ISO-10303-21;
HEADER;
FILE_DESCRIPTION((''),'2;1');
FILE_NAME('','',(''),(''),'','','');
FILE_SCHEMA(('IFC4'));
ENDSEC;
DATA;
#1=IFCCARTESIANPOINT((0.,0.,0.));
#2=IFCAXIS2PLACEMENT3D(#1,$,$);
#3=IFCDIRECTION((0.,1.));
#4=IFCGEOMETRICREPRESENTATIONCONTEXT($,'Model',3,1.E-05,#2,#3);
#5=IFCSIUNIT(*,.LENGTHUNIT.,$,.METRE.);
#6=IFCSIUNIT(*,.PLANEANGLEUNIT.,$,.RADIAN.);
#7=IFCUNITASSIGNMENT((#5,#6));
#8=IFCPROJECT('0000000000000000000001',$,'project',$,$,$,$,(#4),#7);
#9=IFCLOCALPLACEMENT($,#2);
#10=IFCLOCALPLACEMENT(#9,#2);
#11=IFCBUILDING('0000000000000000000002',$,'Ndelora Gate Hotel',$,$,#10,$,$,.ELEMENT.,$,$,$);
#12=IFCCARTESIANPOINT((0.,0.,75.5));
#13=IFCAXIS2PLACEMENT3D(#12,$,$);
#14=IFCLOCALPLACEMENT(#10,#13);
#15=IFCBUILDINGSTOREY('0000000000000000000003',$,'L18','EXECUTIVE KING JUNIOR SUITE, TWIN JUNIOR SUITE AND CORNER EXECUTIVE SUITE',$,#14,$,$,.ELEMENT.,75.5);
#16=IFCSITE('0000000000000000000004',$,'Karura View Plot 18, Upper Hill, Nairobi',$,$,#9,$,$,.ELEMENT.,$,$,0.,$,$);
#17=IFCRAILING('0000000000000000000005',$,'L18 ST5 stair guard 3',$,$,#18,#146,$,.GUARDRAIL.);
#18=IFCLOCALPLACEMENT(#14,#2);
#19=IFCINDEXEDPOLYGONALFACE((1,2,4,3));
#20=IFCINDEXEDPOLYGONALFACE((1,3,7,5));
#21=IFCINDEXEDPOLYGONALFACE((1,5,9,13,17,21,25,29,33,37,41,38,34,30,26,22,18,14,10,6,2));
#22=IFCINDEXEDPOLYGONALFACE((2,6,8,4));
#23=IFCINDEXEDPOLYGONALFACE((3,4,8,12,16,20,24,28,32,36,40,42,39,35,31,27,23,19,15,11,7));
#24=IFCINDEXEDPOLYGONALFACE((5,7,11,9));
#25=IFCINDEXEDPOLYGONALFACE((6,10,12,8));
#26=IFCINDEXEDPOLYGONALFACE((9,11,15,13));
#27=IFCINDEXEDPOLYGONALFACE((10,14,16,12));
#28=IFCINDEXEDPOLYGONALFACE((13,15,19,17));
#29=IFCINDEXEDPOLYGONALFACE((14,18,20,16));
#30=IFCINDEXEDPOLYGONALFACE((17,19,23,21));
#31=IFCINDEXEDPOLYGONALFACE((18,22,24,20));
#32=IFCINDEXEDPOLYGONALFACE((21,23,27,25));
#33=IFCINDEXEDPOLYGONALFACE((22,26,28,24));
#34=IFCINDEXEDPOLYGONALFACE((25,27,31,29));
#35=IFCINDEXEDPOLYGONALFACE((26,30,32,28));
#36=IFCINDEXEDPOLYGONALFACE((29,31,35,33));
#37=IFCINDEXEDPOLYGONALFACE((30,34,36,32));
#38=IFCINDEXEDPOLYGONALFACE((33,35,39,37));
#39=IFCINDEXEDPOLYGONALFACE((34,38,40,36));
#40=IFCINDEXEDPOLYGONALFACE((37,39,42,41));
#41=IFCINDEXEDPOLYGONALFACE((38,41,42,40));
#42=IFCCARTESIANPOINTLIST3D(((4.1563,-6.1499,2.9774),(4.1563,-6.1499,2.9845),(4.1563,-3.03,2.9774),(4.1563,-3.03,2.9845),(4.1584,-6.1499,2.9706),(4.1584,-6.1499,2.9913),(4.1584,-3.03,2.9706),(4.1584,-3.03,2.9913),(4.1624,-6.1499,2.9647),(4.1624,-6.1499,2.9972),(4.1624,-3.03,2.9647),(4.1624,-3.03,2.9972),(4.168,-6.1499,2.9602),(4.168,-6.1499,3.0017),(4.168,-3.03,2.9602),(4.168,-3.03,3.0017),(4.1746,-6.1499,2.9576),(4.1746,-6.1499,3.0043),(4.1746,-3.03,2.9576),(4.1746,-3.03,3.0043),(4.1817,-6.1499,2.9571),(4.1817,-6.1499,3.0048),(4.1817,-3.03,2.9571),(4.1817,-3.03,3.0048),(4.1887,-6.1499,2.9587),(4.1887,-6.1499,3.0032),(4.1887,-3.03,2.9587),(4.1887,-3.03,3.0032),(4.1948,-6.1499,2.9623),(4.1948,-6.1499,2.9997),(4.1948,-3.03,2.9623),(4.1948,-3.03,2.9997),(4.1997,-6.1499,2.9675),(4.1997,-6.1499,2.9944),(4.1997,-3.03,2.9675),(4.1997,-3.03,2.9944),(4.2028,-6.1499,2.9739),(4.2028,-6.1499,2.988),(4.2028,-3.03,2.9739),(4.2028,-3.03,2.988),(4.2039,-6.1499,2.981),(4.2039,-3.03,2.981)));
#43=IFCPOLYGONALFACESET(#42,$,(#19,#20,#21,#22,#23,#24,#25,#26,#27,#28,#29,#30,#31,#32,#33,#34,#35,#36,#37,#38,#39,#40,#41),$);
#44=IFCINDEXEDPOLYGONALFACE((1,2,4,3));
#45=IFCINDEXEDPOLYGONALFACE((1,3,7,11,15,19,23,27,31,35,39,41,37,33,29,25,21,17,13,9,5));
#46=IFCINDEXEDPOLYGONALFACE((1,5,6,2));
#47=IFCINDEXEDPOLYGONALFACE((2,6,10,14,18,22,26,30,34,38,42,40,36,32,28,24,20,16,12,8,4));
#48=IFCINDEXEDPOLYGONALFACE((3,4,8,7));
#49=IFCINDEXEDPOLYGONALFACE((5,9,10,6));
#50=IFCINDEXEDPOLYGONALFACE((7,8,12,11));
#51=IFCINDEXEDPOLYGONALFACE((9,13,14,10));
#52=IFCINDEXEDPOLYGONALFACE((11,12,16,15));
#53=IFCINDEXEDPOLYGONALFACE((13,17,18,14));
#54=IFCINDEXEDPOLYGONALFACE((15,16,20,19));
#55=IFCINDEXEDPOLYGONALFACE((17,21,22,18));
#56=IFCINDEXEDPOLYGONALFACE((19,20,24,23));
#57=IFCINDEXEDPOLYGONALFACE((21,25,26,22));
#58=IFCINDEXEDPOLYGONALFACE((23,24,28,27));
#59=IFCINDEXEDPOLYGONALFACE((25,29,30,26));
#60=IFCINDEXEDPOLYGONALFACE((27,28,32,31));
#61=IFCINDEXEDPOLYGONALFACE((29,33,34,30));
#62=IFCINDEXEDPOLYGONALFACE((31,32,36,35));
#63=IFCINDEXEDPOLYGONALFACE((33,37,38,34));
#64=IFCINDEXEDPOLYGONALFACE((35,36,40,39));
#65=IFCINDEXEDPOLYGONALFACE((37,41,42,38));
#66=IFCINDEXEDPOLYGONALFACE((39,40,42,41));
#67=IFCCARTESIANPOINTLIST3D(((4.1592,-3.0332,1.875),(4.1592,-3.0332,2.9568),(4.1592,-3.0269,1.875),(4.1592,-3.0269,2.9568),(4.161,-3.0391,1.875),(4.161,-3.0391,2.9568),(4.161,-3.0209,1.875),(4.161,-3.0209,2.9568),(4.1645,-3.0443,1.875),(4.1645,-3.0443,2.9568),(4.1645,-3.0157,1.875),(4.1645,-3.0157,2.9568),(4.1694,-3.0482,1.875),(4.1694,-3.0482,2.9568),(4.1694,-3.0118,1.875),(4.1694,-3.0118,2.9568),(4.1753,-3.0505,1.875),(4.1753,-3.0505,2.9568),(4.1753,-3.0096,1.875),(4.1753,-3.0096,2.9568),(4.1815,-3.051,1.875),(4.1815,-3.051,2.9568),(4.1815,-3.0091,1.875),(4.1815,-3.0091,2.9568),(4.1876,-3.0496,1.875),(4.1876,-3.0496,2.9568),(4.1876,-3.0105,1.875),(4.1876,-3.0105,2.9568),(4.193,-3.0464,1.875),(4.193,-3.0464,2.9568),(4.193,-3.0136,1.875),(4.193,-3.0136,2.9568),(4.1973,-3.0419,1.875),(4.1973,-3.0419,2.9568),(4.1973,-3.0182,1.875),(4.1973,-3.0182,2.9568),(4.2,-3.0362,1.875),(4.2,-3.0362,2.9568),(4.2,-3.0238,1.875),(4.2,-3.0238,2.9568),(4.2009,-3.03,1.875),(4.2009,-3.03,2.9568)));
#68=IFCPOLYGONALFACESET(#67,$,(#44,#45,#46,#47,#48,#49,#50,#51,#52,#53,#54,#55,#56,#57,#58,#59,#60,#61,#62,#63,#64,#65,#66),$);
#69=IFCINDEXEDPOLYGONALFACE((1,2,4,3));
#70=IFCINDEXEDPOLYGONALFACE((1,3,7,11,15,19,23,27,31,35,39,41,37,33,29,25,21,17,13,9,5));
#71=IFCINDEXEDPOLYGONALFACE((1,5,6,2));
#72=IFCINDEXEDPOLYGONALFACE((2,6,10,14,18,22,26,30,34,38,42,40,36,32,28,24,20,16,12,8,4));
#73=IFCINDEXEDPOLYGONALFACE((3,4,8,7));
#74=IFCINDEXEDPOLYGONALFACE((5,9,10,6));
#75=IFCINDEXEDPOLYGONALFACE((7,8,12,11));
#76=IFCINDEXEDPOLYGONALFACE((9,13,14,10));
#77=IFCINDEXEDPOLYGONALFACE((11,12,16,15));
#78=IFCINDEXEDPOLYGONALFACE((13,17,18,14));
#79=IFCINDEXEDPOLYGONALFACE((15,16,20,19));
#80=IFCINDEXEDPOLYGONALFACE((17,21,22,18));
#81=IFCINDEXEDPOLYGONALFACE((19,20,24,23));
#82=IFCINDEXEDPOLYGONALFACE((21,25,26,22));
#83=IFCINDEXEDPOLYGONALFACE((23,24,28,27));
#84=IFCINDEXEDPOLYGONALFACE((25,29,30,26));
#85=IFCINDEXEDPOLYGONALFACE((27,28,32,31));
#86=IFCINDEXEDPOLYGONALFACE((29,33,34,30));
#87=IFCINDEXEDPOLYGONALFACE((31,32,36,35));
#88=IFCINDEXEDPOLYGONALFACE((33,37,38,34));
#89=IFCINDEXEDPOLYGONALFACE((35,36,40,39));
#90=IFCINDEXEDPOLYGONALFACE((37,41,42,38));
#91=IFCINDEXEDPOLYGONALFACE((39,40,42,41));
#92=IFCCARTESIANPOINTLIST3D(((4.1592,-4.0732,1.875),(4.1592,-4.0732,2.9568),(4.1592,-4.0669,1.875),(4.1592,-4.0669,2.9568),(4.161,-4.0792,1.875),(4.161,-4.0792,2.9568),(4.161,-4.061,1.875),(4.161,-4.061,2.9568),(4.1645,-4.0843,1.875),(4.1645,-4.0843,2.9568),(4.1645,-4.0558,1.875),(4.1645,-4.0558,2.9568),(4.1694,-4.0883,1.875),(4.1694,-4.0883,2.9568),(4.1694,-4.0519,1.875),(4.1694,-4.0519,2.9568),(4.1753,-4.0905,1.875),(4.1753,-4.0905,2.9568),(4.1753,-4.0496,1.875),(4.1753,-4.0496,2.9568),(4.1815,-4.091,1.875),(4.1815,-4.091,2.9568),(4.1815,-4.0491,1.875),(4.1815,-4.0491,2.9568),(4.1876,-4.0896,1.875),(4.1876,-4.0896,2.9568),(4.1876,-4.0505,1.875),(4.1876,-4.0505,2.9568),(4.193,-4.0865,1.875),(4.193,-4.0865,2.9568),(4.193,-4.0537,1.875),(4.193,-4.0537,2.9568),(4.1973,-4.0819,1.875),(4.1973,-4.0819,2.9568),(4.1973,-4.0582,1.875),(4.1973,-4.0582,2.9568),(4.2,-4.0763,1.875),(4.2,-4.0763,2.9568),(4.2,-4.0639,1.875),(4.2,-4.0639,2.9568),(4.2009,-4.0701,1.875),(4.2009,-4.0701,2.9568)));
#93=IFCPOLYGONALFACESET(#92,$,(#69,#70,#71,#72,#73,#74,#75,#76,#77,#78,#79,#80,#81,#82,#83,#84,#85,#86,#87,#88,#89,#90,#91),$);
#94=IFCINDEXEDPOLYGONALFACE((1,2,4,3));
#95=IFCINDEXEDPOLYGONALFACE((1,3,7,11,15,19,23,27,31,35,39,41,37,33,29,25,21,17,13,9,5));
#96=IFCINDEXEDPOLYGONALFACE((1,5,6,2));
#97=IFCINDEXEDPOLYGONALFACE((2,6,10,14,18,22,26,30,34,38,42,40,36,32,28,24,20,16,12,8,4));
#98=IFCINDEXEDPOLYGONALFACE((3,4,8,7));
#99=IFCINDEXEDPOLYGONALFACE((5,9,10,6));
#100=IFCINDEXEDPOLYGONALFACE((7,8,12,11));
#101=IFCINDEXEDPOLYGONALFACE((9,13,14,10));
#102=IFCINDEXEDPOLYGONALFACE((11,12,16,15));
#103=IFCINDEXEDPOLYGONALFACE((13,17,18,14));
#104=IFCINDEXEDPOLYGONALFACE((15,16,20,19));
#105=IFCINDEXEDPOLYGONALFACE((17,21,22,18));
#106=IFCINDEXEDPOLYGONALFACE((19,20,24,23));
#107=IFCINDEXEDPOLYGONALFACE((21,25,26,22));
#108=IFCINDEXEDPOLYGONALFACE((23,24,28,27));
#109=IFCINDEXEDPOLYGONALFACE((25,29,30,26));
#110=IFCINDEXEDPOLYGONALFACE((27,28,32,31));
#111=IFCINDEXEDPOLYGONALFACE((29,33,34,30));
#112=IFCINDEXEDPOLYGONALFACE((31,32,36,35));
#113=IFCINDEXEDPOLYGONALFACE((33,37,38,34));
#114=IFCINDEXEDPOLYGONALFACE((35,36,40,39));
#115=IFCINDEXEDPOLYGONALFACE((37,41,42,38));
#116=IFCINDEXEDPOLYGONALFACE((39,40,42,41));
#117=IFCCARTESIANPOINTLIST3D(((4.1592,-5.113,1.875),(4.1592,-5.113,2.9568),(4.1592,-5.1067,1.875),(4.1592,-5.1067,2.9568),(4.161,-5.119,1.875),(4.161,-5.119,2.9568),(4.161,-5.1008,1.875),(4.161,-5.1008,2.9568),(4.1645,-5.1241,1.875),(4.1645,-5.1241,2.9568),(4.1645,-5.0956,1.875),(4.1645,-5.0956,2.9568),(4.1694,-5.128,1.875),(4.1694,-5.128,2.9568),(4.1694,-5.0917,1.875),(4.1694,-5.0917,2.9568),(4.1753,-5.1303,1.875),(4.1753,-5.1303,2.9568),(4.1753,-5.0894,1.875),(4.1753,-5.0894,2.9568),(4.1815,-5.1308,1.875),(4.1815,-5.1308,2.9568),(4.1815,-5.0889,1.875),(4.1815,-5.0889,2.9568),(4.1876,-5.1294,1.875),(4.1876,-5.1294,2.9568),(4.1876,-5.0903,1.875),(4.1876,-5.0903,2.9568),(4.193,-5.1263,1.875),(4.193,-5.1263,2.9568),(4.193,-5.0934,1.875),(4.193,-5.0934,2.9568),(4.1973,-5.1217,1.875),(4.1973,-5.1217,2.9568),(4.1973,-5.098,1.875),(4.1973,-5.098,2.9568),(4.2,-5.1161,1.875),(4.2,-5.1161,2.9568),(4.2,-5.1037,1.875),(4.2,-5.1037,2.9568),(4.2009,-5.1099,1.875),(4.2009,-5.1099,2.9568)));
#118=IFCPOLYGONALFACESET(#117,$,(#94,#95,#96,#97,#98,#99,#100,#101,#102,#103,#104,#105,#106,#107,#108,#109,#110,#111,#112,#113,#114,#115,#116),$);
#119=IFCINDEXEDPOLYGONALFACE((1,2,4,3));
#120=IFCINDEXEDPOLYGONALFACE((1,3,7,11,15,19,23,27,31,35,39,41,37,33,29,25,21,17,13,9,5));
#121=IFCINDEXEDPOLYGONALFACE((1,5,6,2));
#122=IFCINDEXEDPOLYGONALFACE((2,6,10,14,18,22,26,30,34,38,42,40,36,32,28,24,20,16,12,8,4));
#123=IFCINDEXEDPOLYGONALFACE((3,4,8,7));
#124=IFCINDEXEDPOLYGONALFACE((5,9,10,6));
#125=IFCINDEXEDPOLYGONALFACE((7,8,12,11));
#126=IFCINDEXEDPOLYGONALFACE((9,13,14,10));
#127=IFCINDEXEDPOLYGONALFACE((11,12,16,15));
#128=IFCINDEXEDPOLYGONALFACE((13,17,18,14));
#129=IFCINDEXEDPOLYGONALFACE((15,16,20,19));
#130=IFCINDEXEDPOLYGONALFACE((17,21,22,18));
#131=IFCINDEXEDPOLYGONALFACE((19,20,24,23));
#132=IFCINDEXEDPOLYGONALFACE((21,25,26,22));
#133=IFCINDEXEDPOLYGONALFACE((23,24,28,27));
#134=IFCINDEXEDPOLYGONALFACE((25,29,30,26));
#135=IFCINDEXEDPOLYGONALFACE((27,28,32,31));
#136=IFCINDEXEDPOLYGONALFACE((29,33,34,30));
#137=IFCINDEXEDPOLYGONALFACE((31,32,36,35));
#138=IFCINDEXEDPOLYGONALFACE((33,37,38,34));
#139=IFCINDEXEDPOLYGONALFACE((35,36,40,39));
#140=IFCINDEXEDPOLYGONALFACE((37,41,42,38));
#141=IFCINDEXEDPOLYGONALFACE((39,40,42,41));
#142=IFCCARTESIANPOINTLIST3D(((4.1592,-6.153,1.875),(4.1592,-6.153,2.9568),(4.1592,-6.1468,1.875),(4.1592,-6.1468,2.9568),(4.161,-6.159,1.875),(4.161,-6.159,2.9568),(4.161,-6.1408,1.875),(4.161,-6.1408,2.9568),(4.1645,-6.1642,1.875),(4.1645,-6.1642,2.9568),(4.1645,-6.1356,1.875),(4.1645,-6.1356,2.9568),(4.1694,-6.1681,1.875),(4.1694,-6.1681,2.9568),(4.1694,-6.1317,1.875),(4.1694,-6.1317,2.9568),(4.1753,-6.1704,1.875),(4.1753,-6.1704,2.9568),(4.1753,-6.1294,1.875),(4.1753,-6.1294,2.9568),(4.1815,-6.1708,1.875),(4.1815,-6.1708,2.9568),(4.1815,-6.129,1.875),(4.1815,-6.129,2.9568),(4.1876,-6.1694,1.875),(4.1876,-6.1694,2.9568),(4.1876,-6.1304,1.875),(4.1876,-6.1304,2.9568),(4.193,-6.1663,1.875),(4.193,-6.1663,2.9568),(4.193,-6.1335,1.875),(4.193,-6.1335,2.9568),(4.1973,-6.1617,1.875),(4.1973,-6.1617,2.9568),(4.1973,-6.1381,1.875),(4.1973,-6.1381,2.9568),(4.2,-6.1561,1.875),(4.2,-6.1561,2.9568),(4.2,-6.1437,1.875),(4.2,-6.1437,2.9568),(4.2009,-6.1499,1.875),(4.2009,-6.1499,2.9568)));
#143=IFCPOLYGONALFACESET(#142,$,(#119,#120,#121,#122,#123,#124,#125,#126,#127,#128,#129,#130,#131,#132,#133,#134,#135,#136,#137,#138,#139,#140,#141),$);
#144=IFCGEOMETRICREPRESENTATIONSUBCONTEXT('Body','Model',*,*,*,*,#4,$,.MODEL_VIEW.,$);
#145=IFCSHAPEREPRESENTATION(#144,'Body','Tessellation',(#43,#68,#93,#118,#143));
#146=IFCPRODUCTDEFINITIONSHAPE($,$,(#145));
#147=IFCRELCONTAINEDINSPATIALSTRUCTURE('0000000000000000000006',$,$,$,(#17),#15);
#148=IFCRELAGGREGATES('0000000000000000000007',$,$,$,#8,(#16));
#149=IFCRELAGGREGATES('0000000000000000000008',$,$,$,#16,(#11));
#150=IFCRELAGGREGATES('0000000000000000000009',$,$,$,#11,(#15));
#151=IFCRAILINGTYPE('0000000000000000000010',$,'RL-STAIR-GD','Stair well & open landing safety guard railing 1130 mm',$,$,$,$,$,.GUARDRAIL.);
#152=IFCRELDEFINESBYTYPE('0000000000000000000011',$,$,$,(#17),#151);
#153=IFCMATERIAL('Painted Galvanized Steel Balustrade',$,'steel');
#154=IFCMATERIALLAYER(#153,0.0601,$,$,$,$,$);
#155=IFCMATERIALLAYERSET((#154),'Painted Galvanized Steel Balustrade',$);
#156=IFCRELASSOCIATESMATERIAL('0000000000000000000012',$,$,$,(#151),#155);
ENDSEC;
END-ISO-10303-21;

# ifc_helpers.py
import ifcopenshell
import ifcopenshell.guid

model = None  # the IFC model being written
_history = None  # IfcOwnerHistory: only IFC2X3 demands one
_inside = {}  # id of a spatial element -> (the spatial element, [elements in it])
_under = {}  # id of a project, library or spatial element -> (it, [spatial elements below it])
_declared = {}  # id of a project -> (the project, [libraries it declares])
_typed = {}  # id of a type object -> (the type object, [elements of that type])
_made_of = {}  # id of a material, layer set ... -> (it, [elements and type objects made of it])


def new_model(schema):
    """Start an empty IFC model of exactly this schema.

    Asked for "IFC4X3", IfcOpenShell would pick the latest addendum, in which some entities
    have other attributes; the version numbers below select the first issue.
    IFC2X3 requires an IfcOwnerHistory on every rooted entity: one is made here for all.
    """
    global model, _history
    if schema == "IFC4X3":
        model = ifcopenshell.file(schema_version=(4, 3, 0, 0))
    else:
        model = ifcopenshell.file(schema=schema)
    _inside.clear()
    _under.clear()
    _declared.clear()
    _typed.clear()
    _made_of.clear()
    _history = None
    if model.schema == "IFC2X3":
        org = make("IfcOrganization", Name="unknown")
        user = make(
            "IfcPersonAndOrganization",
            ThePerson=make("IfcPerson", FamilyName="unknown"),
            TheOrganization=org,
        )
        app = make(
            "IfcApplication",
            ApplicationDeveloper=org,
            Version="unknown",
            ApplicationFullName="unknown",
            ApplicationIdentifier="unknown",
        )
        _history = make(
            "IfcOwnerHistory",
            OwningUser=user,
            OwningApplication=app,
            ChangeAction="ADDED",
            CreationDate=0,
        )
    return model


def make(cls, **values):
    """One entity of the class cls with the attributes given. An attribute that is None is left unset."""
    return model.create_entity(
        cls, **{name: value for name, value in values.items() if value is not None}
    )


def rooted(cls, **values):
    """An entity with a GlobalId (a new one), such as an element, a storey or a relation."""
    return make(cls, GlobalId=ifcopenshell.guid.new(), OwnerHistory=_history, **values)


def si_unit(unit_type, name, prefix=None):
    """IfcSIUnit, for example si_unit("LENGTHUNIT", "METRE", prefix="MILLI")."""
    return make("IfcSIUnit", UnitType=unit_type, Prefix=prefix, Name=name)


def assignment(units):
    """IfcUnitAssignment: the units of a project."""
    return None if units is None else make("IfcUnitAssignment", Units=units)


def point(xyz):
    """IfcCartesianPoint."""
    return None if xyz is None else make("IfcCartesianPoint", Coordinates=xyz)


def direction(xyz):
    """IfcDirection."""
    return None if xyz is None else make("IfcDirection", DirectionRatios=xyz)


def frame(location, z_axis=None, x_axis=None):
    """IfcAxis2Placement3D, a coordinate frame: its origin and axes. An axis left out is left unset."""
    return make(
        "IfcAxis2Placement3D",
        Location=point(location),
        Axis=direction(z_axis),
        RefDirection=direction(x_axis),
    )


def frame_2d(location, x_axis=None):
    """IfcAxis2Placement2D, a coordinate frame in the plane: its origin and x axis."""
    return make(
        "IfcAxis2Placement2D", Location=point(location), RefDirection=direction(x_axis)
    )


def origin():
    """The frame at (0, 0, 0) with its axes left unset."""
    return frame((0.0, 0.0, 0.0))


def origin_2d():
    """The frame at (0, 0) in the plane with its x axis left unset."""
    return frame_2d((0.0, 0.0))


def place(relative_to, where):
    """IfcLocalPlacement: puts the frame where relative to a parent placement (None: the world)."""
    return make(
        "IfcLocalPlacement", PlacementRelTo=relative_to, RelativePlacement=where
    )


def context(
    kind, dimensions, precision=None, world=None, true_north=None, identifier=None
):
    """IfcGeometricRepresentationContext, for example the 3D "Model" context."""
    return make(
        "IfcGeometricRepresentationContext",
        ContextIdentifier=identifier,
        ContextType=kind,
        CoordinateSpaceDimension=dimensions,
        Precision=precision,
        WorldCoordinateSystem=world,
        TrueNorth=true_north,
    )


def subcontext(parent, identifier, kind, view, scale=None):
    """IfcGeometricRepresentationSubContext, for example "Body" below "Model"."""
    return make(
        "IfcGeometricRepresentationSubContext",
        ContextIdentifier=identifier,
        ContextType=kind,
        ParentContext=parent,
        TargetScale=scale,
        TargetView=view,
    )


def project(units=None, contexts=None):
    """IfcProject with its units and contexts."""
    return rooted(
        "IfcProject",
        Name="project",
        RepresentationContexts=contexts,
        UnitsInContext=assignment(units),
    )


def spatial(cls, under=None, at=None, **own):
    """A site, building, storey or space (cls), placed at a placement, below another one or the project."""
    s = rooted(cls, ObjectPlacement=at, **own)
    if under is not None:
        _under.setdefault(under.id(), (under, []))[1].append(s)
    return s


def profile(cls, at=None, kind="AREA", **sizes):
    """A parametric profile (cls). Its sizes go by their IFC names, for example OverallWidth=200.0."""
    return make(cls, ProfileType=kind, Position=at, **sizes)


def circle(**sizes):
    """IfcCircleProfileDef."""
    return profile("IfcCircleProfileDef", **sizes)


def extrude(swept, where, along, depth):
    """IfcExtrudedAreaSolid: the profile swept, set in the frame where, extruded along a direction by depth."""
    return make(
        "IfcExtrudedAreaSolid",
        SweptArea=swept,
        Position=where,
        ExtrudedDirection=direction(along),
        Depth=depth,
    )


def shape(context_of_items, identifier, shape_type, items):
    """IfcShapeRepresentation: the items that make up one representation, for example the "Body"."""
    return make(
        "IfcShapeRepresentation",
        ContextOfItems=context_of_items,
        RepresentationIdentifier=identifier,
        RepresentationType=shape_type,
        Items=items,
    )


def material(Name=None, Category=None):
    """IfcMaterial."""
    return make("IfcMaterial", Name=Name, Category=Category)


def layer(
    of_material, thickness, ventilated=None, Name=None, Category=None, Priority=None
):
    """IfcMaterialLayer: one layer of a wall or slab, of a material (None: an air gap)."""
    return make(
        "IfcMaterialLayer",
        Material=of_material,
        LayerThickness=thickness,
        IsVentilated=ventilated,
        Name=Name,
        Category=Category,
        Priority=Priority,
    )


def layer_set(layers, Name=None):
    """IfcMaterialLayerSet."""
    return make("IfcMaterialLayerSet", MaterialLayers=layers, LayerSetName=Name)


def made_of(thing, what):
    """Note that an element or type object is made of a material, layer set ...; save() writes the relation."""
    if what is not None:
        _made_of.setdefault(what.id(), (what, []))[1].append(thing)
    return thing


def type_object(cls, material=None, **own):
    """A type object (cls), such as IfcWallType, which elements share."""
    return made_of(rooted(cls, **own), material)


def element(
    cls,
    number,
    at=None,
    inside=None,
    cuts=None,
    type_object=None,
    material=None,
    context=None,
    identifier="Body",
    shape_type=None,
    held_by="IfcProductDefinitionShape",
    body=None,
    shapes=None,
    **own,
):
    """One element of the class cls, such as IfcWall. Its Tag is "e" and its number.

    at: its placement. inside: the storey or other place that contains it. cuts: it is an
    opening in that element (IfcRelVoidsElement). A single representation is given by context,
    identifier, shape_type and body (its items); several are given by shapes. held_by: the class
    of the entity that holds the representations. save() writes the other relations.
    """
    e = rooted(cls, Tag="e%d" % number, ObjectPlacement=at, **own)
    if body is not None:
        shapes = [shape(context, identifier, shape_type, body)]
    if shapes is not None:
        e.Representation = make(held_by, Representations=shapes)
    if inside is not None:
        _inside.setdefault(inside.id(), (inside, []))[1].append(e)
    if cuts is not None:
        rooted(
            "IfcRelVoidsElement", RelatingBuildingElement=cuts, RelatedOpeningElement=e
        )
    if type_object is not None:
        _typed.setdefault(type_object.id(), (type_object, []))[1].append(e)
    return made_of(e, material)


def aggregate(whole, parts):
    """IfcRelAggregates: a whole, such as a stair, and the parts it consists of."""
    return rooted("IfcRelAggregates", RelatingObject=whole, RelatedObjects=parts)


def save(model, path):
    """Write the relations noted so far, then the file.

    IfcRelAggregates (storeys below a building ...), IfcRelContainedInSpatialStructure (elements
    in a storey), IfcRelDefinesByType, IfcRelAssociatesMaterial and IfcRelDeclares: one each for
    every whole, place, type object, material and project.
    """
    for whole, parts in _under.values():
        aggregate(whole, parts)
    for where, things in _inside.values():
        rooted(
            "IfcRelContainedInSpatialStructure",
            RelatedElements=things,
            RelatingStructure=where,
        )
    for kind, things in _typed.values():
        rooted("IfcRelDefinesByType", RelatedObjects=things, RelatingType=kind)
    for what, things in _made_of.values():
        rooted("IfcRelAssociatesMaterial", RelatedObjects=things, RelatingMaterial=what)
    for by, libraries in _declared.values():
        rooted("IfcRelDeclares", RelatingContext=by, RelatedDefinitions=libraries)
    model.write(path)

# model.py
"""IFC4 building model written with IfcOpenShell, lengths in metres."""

from ifc_helpers import new_model, si_unit, direction, frame, origin, origin_2d, place, context, subcontext, project, spatial, circle, extrude, material, layer, layer_set, type_object, element, save


model = new_model("IFC4")

# Units and contexts
model_context = context("Model", 3, precision=1e-05, world=origin(), true_north=direction((0.0, 1.0)))
body_context = subcontext(model_context, "Body", "Model", "MODEL_VIEW")
ifc_project = project(units=[si_unit("LENGTHUNIT", "METRE"), si_unit("PLANEANGLEUNIT", "RADIAN")], contexts=[model_context])

# Site, building, storey
site_placement = place(None, origin())
site = spatial("IfcSite", under=ifc_project, at=site_placement, Name="Karura View Plot 18, Upper Hill, Nairobi", CompositionType="ELEMENT", RefElevation=0.0)
building_placement = place(site_placement, origin())
building = spatial("IfcBuilding", under=site, at=building_placement, Name="Ndelora Gate Hotel", CompositionType="ELEMENT")
storey_placement = place(building_placement, frame((0.0, 0.0, 75.5)))
storey = spatial("IfcBuildingStorey", under=building, at=storey_placement, Name="L18", Description="EXECUTIVE KING JUNIOR SUITE, TWIN JUNIOR SUITE AND CORNER EXECUTIVE SUITE", CompositionType="ELEMENT", Elevation=75.5)

# Railing
ifc_material_1 = material(Name="Painted Galvanized Steel Balustrade", Category="steel")
ifc_layer_1 = layer(ifc_material_1, 0.0601)
ifc_layer_set_1 = layer_set([ifc_layer_1], Name="Painted Galvanized Steel Balustrade")
railing_type = type_object("IfcRailingType", Name="RL-STAIR-GD", Description="Stair well & open landing safety guard railing 1130 mm", PredefinedType="GUARDRAIL", material=ifc_layer_set_1)
railing_1_placement = place(storey_placement, frame((4.1799, -3.03, 1.875)))
element("IfcRailing", 1, at=railing_1_placement, inside=storey, type_object=railing_type, Name="L18 ST5 stair guard 3", PredefinedType="GUARDRAIL", context=body_context, shape_type="SweptSolid", body=[
    extrude(circle(Radius=0.0239, at=origin_2d()), frame((0.0, 0.0, 1.106), z_axis=(0.0, -1.0, 0.0), x_axis=(1.0, 0.0, 0.0)), (0.0, 0.0, 1.0), 3.1199),
    extrude(circle(Radius=0.021, at=origin_2d()), origin(), (0.0, 0.0, 1.0), 1.0818),
    extrude(circle(Radius=0.021, at=origin_2d()), frame((0.0, -1.04, 0.0)), (0.0, 0.0, 1.0), 1.0818),
    extrude(circle(Radius=0.021, at=origin_2d()), frame((0.0, -2.0798, 0.0)), (0.0, 0.0, 1.0), 1.0818),
    extrude(circle(Radius=0.021, at=origin_2d()), frame((0.0, -3.1199, 0.0)), (0.0, 0.0, 1.0), 1.0818),
])

save(model, "model.ifc")
